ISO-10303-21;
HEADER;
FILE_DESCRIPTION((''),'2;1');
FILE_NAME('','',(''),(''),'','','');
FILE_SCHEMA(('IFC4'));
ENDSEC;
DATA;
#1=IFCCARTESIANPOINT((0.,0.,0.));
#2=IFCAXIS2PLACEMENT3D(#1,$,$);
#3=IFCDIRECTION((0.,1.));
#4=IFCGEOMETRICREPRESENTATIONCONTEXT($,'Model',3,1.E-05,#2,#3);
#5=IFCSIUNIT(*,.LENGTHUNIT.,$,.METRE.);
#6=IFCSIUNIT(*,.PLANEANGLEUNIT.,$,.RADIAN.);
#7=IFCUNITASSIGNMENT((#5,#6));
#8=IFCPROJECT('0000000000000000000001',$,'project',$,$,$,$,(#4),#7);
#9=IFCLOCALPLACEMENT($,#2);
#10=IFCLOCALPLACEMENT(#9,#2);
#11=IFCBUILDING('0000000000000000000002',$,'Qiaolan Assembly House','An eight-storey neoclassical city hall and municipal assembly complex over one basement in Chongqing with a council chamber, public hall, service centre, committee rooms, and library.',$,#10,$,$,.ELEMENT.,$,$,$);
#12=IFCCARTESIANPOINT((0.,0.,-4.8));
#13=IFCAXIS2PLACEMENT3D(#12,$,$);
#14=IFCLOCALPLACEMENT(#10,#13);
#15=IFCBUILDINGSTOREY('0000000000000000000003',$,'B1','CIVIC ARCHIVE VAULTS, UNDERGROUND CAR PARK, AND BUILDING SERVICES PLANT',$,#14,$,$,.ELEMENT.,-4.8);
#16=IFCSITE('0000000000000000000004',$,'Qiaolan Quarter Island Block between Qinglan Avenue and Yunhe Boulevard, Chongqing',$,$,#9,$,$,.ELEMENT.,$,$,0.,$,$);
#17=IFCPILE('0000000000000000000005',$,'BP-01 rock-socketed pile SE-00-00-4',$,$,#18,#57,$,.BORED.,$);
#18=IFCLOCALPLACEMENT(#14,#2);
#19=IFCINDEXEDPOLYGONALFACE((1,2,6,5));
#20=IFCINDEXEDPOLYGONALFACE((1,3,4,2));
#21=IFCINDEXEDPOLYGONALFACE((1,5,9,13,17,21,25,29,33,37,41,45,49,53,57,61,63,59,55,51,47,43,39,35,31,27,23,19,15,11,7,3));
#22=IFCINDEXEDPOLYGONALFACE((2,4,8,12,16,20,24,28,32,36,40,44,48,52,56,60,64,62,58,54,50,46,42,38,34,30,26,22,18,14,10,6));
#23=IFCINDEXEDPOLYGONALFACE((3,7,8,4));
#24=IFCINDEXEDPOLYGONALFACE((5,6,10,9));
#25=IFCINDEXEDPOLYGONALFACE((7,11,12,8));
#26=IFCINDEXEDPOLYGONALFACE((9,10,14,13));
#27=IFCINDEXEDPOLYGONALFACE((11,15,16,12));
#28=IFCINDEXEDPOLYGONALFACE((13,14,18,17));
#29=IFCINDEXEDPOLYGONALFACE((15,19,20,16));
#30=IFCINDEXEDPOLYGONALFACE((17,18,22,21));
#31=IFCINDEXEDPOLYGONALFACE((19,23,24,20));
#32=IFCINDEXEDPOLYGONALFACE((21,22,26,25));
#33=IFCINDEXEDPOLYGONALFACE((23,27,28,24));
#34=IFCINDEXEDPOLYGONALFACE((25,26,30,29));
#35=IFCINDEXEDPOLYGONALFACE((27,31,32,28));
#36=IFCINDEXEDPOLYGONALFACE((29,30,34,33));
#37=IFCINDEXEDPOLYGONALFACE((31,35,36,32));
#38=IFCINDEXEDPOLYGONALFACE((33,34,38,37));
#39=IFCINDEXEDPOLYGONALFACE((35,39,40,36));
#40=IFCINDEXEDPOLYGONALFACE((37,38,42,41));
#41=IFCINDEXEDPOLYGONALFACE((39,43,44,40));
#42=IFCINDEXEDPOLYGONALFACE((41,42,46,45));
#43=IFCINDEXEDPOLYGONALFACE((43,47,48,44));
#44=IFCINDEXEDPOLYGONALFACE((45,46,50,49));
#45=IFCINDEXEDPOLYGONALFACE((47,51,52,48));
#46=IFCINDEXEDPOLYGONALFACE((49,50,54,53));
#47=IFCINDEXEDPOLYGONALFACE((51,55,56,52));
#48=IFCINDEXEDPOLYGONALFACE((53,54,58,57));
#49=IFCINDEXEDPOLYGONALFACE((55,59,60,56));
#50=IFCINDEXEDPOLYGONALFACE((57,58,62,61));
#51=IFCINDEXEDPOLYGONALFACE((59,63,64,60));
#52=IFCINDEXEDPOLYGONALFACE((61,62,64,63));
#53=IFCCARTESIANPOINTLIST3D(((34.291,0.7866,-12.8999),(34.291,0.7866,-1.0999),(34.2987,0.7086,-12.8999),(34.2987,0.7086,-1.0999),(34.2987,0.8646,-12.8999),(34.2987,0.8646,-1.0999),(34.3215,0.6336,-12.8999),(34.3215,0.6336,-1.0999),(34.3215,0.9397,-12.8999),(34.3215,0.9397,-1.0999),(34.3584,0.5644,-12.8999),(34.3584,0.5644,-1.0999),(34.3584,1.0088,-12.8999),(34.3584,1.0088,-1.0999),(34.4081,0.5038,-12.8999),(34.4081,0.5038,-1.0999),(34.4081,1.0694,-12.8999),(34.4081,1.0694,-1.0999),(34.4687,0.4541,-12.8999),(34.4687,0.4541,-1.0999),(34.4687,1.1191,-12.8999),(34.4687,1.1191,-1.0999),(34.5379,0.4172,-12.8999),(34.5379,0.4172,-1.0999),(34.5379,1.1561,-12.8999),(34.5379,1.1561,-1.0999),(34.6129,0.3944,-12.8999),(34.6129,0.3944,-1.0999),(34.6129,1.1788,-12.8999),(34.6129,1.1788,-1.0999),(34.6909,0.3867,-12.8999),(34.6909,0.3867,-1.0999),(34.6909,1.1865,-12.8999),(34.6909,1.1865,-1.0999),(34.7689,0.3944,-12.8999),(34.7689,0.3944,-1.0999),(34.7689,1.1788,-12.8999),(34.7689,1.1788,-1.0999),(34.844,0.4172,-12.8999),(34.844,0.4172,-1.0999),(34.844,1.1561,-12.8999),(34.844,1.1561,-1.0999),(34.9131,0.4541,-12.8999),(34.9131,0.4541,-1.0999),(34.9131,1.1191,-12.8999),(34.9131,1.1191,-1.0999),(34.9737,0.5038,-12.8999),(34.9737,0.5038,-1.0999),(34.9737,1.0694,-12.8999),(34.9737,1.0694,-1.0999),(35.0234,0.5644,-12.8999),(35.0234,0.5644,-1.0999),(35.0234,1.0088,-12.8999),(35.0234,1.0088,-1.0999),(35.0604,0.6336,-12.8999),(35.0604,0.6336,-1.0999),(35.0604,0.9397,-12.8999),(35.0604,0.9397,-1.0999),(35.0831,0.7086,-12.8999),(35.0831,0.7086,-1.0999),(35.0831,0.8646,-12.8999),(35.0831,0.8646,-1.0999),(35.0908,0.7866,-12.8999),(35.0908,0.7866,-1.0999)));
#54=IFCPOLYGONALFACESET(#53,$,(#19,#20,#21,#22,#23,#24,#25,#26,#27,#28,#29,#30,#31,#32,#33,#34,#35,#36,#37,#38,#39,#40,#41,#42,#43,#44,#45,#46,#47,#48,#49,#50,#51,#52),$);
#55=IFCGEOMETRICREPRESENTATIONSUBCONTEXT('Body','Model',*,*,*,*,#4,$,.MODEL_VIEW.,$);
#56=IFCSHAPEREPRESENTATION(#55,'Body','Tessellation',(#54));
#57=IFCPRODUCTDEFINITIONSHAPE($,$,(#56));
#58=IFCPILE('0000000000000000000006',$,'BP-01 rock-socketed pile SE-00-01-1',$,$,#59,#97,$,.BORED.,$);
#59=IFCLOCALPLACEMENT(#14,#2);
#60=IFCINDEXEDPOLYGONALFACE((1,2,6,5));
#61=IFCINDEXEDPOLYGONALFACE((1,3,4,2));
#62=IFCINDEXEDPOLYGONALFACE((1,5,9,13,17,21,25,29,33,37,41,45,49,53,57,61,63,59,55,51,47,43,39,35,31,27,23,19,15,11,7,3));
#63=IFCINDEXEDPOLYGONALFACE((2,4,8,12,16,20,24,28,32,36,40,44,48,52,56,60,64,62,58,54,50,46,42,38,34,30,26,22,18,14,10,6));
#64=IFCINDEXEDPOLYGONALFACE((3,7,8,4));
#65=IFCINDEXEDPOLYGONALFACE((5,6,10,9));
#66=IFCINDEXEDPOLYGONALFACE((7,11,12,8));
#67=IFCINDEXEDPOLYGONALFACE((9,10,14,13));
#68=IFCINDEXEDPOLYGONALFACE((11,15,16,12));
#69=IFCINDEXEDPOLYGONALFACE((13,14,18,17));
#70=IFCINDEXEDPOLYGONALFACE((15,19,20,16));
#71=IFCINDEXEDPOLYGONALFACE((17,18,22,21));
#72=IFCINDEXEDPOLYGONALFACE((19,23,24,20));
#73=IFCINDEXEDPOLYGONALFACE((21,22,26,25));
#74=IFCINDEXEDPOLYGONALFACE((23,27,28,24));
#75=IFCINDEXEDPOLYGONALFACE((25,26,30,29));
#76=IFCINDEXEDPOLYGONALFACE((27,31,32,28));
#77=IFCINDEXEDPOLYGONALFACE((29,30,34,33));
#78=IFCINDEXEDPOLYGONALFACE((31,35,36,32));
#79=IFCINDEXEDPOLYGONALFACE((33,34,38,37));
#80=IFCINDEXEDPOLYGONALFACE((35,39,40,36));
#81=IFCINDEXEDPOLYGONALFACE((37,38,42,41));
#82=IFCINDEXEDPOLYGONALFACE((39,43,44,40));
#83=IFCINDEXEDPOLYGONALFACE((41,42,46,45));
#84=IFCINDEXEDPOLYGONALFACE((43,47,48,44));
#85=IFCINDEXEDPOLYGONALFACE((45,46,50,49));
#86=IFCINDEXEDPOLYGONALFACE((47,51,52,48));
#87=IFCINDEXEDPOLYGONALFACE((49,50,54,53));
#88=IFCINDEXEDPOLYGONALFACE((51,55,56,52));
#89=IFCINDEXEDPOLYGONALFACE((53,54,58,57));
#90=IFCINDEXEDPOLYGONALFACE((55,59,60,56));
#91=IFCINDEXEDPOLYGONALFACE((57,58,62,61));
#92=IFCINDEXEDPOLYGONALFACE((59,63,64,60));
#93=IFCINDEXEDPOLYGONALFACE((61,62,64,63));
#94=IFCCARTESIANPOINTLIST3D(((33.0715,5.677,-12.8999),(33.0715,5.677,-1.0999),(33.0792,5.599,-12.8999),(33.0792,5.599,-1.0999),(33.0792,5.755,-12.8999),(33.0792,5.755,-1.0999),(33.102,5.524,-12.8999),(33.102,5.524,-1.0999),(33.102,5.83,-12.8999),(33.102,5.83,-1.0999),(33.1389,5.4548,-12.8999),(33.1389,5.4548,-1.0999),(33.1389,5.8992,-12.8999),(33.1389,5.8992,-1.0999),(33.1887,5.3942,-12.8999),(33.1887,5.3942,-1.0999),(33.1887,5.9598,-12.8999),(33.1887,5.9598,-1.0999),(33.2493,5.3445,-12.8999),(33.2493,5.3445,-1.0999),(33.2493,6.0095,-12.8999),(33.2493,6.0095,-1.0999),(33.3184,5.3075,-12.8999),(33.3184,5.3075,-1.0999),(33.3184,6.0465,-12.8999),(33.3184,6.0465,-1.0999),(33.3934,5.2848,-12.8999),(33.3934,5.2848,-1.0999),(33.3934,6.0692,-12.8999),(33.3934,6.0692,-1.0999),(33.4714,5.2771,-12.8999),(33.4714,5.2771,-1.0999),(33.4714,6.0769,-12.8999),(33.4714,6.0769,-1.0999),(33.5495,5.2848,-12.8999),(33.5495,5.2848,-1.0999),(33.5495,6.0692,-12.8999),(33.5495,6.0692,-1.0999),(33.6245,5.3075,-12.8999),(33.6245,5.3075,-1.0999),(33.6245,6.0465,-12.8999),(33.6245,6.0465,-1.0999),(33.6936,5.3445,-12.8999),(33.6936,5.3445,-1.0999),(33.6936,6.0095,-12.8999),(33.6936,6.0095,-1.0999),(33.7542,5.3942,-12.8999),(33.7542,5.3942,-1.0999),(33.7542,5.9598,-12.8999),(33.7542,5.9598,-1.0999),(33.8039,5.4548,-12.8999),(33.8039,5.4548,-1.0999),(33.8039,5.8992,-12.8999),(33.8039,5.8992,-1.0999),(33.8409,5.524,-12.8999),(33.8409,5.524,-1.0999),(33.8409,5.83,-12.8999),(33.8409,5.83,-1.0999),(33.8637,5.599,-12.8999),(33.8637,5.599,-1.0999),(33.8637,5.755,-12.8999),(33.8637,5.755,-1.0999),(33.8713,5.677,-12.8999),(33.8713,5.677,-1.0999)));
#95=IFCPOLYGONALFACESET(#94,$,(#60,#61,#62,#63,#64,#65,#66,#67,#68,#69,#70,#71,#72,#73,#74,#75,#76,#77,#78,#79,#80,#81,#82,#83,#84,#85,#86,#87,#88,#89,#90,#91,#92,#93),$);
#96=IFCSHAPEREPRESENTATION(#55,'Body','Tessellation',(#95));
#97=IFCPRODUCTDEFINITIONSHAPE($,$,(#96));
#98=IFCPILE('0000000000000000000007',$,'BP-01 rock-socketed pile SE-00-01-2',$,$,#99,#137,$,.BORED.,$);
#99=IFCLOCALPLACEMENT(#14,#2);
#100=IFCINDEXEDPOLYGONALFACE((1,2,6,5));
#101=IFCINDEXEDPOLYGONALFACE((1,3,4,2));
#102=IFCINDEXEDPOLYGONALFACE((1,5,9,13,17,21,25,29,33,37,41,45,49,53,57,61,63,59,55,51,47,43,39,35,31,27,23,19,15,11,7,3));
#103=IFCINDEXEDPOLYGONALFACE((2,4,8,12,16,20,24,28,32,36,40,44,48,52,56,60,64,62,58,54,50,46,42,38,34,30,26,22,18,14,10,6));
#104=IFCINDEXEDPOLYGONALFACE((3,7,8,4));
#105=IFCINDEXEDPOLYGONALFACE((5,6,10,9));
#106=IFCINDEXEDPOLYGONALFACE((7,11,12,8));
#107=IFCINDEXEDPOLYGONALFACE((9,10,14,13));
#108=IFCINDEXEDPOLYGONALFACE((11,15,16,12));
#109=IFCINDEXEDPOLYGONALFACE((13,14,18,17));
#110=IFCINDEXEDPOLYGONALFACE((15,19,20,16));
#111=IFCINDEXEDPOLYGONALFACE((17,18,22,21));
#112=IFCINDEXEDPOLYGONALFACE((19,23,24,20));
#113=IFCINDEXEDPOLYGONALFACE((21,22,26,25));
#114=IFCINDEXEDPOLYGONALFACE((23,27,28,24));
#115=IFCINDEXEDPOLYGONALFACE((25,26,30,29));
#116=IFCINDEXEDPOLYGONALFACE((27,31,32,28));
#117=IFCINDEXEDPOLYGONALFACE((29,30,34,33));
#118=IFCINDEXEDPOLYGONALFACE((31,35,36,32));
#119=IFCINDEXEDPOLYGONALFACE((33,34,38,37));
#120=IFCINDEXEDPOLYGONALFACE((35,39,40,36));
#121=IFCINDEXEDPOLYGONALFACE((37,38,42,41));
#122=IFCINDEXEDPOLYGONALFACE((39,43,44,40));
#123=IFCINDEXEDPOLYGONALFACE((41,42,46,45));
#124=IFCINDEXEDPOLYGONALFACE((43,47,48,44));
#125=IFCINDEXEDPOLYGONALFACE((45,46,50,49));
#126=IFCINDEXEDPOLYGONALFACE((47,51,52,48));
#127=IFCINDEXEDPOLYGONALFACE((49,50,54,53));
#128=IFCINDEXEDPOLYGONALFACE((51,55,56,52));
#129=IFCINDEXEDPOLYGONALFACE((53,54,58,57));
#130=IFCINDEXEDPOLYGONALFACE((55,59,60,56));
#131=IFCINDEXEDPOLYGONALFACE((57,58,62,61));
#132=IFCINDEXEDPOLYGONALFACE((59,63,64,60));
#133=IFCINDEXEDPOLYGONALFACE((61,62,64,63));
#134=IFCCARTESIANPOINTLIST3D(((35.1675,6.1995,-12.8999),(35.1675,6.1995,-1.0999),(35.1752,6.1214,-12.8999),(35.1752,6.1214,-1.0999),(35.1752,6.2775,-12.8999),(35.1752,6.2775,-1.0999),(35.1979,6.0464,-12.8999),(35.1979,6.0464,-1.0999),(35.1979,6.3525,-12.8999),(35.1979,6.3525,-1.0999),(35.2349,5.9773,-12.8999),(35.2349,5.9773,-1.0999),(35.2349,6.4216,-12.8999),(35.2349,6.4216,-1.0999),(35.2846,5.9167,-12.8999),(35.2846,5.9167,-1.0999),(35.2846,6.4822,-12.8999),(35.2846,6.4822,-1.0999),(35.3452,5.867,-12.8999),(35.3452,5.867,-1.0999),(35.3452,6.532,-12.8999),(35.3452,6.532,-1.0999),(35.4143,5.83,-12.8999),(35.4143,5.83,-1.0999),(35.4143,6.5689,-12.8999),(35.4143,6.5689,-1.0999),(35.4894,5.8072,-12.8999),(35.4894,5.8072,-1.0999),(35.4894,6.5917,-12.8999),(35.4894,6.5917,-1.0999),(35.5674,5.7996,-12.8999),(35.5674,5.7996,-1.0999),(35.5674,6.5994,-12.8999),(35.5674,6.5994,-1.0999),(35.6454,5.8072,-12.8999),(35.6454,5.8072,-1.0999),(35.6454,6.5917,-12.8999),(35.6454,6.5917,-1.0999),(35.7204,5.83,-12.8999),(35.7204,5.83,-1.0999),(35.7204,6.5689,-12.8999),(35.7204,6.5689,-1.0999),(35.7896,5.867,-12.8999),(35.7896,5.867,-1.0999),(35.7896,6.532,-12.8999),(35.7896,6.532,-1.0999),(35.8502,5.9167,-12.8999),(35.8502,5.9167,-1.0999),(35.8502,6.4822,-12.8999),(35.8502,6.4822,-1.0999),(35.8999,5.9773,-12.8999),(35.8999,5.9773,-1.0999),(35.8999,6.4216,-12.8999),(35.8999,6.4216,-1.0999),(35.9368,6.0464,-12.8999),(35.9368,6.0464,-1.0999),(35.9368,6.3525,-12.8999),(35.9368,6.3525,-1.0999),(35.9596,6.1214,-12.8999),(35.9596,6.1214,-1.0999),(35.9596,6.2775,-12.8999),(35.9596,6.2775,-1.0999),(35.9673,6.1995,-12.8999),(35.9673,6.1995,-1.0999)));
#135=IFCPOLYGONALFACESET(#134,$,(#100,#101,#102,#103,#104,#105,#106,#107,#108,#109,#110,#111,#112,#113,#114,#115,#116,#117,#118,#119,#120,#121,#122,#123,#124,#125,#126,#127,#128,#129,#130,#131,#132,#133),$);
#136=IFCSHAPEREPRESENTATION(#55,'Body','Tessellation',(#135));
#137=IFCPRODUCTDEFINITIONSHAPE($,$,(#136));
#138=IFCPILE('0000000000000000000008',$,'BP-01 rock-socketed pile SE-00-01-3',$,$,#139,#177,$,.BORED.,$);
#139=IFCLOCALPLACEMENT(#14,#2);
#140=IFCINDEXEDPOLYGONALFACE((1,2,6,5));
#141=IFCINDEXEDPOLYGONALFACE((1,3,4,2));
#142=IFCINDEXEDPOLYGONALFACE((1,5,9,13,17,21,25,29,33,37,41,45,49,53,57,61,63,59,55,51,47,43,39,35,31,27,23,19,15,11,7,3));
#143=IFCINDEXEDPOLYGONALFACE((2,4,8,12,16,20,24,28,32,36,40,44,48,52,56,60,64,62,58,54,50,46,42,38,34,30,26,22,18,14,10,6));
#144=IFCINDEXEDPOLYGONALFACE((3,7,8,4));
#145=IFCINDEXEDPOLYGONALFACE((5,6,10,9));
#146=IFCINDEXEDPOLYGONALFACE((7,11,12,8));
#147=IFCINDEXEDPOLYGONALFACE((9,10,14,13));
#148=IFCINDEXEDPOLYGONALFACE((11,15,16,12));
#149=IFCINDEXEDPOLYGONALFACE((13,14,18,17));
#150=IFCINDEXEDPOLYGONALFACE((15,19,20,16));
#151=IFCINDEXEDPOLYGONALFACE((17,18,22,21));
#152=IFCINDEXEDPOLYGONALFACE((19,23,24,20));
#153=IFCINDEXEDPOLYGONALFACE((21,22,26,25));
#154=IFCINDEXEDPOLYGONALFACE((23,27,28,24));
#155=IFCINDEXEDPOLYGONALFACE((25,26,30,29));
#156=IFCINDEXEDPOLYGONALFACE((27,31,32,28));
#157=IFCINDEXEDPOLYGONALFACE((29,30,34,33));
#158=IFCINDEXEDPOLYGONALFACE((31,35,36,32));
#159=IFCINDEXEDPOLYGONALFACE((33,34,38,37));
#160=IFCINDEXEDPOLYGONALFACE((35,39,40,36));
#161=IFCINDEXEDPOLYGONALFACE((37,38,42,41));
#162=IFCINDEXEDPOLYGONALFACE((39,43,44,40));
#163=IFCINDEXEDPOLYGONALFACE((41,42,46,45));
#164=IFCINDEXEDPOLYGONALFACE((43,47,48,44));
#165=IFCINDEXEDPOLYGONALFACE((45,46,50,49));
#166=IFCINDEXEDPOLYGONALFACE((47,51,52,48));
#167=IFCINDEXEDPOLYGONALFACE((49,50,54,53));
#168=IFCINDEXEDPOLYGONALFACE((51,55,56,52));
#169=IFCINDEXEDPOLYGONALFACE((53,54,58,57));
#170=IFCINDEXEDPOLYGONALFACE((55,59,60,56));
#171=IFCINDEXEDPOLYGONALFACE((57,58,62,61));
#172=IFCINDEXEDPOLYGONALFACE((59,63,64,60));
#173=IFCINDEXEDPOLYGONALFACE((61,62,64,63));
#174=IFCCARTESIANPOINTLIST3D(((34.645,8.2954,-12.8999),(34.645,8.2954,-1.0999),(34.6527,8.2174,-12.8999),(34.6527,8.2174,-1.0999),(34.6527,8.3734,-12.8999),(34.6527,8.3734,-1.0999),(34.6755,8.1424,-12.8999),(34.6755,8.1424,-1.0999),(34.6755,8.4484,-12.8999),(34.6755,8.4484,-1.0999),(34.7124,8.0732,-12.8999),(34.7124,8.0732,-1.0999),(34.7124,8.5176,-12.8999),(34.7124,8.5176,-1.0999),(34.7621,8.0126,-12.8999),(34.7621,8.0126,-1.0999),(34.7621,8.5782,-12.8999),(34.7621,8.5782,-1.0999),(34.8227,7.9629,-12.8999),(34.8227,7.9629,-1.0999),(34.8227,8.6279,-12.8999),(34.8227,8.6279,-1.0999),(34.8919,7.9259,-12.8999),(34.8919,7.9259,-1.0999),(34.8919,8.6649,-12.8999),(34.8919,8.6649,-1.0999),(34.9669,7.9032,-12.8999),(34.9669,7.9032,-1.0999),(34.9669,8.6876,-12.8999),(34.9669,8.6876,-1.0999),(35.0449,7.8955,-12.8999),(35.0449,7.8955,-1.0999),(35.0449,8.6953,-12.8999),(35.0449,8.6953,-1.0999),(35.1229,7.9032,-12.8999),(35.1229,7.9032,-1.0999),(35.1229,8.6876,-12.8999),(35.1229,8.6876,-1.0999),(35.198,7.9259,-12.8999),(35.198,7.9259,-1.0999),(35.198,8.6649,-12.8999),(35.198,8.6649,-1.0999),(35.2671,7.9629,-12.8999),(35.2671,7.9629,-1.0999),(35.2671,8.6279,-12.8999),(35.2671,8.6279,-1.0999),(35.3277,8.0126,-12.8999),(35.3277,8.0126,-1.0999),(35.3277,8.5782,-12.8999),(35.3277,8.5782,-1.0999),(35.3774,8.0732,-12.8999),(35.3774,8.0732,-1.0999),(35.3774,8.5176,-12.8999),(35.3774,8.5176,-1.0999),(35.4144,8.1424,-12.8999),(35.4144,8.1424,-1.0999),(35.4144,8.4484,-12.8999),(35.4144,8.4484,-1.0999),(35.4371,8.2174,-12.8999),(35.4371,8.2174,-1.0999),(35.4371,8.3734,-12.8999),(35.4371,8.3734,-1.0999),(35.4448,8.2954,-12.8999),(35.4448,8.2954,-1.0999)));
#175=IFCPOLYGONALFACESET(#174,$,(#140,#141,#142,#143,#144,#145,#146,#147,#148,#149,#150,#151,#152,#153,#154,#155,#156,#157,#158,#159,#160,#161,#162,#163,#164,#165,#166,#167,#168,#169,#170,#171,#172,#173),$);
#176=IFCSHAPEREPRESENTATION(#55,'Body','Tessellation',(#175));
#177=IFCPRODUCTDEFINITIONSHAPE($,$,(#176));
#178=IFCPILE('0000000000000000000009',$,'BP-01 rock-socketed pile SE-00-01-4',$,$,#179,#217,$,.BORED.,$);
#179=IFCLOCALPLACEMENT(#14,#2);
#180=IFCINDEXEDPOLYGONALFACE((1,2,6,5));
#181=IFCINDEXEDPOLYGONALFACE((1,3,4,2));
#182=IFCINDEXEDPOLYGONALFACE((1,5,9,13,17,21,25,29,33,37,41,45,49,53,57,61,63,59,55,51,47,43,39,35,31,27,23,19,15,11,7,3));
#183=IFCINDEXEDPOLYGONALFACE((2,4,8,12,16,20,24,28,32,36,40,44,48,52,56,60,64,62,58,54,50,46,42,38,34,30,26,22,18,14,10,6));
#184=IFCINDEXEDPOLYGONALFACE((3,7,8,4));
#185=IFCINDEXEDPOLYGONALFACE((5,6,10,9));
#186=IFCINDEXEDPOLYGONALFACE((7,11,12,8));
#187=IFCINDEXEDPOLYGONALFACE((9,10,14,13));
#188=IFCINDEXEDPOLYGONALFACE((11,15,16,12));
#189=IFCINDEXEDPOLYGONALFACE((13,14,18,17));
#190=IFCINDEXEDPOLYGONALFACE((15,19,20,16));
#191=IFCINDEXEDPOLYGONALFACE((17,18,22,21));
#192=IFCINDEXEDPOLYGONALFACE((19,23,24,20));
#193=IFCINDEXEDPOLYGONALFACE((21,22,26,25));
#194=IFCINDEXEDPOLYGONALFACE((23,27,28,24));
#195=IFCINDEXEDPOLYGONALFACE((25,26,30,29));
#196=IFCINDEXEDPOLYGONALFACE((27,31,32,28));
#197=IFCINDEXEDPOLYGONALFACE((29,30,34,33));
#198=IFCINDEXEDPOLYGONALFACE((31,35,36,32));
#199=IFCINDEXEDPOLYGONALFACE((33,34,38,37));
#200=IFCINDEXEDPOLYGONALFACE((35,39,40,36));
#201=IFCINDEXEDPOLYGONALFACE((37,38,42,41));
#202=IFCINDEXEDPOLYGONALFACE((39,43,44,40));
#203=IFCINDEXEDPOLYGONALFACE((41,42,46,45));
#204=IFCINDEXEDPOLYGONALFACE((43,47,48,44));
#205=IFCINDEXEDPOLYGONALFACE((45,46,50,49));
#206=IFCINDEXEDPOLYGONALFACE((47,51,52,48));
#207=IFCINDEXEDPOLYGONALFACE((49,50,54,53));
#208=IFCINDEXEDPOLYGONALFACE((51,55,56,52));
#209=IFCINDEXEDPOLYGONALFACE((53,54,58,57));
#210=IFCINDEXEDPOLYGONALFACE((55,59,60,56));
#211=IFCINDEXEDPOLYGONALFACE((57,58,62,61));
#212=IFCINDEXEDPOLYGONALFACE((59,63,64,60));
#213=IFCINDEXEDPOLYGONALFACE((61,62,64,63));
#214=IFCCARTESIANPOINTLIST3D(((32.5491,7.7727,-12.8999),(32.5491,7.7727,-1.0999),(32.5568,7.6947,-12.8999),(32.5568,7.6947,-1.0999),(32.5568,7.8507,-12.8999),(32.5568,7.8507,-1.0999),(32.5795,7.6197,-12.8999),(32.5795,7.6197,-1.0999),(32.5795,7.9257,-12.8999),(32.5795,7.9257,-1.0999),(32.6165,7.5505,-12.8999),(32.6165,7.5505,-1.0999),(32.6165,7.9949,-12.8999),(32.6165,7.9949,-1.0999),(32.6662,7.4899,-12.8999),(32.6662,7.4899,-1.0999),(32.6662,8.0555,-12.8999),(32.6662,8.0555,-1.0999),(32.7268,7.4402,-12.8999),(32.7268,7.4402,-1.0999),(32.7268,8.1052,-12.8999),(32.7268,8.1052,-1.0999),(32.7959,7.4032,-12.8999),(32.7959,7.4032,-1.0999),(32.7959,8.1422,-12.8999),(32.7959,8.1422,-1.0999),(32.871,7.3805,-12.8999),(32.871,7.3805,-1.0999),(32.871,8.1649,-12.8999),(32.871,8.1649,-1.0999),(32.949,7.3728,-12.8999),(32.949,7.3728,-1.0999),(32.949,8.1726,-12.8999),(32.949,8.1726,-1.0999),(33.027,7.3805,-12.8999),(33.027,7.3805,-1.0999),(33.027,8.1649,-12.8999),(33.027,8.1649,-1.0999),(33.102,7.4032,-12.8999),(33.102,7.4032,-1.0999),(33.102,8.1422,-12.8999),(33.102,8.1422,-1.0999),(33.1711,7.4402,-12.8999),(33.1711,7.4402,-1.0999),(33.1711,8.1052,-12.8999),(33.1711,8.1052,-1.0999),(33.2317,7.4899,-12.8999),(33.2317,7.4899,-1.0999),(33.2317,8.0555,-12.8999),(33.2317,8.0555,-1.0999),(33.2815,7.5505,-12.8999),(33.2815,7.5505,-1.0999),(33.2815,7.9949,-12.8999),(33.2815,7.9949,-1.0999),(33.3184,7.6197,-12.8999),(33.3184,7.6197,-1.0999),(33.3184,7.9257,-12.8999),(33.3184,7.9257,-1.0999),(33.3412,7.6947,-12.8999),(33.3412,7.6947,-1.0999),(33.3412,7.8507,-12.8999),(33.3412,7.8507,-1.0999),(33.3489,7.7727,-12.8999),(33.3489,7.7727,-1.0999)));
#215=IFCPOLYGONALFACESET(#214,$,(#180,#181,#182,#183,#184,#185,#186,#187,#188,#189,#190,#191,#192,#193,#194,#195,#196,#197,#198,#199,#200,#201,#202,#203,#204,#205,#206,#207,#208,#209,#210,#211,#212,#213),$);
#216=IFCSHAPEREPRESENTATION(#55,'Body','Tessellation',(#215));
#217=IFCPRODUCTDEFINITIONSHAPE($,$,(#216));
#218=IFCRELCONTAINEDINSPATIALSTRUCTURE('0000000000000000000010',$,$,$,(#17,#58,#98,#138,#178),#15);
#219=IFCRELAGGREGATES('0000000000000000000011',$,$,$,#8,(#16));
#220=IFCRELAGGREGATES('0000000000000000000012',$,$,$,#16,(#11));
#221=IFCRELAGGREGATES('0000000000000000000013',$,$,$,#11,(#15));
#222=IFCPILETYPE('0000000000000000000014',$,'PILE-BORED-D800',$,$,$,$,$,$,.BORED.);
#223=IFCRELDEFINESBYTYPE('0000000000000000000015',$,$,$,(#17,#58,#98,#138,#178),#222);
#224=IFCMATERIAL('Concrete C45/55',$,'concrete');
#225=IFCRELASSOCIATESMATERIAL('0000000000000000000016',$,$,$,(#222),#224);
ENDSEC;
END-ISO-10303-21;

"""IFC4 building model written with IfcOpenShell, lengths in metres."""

from ifc_helpers import new_model, si_unit, direction, frame, origin, origin_2d, place, context, subcontext, project, spatial, circle, extrude, material, material_profile, profile_set, type_object, element, save


model = new_model("IFC4")

# Units and contexts
model_context = context("Model", 3, precision=1e-05, world=origin(), true_north=direction((0.0, 1.0)))
body_context = subcontext(model_context, "Body", "Model", "MODEL_VIEW")
ifc_project = project(units=[si_unit("LENGTHUNIT", "METRE"), si_unit("PLANEANGLEUNIT", "RADIAN")], contexts=[model_context])

# Site, building, storey
site_placement = place(None, origin())
site = spatial("IfcSite", under=ifc_project, at=site_placement, Name="Qiaolan Quarter Island Block between Qinglan Avenue and Yunhe Boulevard, Chongqing", CompositionType="ELEMENT", RefElevation=0.0)
building_placement = place(site_placement, origin())
building = spatial("IfcBuilding", under=site, at=building_placement, Name="Qiaolan Assembly House", Description="An eight-storey neoclassical city hall and municipal assembly complex over one basement in Chongqing with a council chamber, public hall, service centre, committee rooms, and library.", CompositionType="ELEMENT")
storey_placement = place(building_placement, frame((0.0, 0.0, -4.8)))
storey = spatial("IfcBuildingStorey", under=building, at=storey_placement, Name="B1", Description="CIVIC ARCHIVE VAULTS, UNDERGROUND CAR PARK, AND BUILDING SERVICES PLANT", CompositionType="ELEMENT", Elevation=-4.8)

# Piles
ifc_material_1 = material(Name="Concrete C45/55", Category="concrete")
ifc_material_profile_1 = material_profile(ifc_material_1, circle(Radius=0.3999, at=origin_2d()), Name="PILE D800")
ifc_profile_set_1 = profile_set([ifc_material_profile_1], Name="Concrete C45/55")
pile_type = type_object("IfcPileType", Name="PILE-BORED-D800", PredefinedType="BORED", material=ifc_profile_set_1)
for number, where, z_axis, x_axis, name in (
    (1, (34.6909, 0.7866, -1.0999), (0.0, 0.0, -1.0), (1.0, 0.0, 0.0), "BP-01 rock-socketed pile SE-00-00-4"),
    (2, (33.4714, 5.677, -1.0999), (0.0, 0.0, -1.0), (1.0, 0.0, 0.0), "BP-01 rock-socketed pile SE-00-01-1"),
    (3, (35.5674, 6.1995, -1.0999), (0.0, 0.0, -1.0), (1.0, 0.0, 0.0), "BP-01 rock-socketed pile SE-00-01-2"),
    (4, (35.0449, 8.2954, -1.0999), (0.0, 0.0, -1.0), (1.0, 0.0, 0.0), "BP-01 rock-socketed pile SE-00-01-3"),
    (5, (32.949, 7.7727, -1.0999), (0.0, 0.0, -1.0), (1.0, 0.0, 0.0), "BP-01 rock-socketed pile SE-00-01-4"),
):
    element("IfcPile", number, at=place(storey_placement, frame(where, z_axis=z_axis, x_axis=x_axis)), inside=storey, type_object=pile_type, Name=name, PredefinedType="BORED", context=body_context, shape_type="SweptSolid", body=[
        extrude(circle(Radius=0.3999, at=origin_2d()), origin(), (0.0, 0.0, 1.0), 11.8),
    ])

save(model, "model.ifc")
